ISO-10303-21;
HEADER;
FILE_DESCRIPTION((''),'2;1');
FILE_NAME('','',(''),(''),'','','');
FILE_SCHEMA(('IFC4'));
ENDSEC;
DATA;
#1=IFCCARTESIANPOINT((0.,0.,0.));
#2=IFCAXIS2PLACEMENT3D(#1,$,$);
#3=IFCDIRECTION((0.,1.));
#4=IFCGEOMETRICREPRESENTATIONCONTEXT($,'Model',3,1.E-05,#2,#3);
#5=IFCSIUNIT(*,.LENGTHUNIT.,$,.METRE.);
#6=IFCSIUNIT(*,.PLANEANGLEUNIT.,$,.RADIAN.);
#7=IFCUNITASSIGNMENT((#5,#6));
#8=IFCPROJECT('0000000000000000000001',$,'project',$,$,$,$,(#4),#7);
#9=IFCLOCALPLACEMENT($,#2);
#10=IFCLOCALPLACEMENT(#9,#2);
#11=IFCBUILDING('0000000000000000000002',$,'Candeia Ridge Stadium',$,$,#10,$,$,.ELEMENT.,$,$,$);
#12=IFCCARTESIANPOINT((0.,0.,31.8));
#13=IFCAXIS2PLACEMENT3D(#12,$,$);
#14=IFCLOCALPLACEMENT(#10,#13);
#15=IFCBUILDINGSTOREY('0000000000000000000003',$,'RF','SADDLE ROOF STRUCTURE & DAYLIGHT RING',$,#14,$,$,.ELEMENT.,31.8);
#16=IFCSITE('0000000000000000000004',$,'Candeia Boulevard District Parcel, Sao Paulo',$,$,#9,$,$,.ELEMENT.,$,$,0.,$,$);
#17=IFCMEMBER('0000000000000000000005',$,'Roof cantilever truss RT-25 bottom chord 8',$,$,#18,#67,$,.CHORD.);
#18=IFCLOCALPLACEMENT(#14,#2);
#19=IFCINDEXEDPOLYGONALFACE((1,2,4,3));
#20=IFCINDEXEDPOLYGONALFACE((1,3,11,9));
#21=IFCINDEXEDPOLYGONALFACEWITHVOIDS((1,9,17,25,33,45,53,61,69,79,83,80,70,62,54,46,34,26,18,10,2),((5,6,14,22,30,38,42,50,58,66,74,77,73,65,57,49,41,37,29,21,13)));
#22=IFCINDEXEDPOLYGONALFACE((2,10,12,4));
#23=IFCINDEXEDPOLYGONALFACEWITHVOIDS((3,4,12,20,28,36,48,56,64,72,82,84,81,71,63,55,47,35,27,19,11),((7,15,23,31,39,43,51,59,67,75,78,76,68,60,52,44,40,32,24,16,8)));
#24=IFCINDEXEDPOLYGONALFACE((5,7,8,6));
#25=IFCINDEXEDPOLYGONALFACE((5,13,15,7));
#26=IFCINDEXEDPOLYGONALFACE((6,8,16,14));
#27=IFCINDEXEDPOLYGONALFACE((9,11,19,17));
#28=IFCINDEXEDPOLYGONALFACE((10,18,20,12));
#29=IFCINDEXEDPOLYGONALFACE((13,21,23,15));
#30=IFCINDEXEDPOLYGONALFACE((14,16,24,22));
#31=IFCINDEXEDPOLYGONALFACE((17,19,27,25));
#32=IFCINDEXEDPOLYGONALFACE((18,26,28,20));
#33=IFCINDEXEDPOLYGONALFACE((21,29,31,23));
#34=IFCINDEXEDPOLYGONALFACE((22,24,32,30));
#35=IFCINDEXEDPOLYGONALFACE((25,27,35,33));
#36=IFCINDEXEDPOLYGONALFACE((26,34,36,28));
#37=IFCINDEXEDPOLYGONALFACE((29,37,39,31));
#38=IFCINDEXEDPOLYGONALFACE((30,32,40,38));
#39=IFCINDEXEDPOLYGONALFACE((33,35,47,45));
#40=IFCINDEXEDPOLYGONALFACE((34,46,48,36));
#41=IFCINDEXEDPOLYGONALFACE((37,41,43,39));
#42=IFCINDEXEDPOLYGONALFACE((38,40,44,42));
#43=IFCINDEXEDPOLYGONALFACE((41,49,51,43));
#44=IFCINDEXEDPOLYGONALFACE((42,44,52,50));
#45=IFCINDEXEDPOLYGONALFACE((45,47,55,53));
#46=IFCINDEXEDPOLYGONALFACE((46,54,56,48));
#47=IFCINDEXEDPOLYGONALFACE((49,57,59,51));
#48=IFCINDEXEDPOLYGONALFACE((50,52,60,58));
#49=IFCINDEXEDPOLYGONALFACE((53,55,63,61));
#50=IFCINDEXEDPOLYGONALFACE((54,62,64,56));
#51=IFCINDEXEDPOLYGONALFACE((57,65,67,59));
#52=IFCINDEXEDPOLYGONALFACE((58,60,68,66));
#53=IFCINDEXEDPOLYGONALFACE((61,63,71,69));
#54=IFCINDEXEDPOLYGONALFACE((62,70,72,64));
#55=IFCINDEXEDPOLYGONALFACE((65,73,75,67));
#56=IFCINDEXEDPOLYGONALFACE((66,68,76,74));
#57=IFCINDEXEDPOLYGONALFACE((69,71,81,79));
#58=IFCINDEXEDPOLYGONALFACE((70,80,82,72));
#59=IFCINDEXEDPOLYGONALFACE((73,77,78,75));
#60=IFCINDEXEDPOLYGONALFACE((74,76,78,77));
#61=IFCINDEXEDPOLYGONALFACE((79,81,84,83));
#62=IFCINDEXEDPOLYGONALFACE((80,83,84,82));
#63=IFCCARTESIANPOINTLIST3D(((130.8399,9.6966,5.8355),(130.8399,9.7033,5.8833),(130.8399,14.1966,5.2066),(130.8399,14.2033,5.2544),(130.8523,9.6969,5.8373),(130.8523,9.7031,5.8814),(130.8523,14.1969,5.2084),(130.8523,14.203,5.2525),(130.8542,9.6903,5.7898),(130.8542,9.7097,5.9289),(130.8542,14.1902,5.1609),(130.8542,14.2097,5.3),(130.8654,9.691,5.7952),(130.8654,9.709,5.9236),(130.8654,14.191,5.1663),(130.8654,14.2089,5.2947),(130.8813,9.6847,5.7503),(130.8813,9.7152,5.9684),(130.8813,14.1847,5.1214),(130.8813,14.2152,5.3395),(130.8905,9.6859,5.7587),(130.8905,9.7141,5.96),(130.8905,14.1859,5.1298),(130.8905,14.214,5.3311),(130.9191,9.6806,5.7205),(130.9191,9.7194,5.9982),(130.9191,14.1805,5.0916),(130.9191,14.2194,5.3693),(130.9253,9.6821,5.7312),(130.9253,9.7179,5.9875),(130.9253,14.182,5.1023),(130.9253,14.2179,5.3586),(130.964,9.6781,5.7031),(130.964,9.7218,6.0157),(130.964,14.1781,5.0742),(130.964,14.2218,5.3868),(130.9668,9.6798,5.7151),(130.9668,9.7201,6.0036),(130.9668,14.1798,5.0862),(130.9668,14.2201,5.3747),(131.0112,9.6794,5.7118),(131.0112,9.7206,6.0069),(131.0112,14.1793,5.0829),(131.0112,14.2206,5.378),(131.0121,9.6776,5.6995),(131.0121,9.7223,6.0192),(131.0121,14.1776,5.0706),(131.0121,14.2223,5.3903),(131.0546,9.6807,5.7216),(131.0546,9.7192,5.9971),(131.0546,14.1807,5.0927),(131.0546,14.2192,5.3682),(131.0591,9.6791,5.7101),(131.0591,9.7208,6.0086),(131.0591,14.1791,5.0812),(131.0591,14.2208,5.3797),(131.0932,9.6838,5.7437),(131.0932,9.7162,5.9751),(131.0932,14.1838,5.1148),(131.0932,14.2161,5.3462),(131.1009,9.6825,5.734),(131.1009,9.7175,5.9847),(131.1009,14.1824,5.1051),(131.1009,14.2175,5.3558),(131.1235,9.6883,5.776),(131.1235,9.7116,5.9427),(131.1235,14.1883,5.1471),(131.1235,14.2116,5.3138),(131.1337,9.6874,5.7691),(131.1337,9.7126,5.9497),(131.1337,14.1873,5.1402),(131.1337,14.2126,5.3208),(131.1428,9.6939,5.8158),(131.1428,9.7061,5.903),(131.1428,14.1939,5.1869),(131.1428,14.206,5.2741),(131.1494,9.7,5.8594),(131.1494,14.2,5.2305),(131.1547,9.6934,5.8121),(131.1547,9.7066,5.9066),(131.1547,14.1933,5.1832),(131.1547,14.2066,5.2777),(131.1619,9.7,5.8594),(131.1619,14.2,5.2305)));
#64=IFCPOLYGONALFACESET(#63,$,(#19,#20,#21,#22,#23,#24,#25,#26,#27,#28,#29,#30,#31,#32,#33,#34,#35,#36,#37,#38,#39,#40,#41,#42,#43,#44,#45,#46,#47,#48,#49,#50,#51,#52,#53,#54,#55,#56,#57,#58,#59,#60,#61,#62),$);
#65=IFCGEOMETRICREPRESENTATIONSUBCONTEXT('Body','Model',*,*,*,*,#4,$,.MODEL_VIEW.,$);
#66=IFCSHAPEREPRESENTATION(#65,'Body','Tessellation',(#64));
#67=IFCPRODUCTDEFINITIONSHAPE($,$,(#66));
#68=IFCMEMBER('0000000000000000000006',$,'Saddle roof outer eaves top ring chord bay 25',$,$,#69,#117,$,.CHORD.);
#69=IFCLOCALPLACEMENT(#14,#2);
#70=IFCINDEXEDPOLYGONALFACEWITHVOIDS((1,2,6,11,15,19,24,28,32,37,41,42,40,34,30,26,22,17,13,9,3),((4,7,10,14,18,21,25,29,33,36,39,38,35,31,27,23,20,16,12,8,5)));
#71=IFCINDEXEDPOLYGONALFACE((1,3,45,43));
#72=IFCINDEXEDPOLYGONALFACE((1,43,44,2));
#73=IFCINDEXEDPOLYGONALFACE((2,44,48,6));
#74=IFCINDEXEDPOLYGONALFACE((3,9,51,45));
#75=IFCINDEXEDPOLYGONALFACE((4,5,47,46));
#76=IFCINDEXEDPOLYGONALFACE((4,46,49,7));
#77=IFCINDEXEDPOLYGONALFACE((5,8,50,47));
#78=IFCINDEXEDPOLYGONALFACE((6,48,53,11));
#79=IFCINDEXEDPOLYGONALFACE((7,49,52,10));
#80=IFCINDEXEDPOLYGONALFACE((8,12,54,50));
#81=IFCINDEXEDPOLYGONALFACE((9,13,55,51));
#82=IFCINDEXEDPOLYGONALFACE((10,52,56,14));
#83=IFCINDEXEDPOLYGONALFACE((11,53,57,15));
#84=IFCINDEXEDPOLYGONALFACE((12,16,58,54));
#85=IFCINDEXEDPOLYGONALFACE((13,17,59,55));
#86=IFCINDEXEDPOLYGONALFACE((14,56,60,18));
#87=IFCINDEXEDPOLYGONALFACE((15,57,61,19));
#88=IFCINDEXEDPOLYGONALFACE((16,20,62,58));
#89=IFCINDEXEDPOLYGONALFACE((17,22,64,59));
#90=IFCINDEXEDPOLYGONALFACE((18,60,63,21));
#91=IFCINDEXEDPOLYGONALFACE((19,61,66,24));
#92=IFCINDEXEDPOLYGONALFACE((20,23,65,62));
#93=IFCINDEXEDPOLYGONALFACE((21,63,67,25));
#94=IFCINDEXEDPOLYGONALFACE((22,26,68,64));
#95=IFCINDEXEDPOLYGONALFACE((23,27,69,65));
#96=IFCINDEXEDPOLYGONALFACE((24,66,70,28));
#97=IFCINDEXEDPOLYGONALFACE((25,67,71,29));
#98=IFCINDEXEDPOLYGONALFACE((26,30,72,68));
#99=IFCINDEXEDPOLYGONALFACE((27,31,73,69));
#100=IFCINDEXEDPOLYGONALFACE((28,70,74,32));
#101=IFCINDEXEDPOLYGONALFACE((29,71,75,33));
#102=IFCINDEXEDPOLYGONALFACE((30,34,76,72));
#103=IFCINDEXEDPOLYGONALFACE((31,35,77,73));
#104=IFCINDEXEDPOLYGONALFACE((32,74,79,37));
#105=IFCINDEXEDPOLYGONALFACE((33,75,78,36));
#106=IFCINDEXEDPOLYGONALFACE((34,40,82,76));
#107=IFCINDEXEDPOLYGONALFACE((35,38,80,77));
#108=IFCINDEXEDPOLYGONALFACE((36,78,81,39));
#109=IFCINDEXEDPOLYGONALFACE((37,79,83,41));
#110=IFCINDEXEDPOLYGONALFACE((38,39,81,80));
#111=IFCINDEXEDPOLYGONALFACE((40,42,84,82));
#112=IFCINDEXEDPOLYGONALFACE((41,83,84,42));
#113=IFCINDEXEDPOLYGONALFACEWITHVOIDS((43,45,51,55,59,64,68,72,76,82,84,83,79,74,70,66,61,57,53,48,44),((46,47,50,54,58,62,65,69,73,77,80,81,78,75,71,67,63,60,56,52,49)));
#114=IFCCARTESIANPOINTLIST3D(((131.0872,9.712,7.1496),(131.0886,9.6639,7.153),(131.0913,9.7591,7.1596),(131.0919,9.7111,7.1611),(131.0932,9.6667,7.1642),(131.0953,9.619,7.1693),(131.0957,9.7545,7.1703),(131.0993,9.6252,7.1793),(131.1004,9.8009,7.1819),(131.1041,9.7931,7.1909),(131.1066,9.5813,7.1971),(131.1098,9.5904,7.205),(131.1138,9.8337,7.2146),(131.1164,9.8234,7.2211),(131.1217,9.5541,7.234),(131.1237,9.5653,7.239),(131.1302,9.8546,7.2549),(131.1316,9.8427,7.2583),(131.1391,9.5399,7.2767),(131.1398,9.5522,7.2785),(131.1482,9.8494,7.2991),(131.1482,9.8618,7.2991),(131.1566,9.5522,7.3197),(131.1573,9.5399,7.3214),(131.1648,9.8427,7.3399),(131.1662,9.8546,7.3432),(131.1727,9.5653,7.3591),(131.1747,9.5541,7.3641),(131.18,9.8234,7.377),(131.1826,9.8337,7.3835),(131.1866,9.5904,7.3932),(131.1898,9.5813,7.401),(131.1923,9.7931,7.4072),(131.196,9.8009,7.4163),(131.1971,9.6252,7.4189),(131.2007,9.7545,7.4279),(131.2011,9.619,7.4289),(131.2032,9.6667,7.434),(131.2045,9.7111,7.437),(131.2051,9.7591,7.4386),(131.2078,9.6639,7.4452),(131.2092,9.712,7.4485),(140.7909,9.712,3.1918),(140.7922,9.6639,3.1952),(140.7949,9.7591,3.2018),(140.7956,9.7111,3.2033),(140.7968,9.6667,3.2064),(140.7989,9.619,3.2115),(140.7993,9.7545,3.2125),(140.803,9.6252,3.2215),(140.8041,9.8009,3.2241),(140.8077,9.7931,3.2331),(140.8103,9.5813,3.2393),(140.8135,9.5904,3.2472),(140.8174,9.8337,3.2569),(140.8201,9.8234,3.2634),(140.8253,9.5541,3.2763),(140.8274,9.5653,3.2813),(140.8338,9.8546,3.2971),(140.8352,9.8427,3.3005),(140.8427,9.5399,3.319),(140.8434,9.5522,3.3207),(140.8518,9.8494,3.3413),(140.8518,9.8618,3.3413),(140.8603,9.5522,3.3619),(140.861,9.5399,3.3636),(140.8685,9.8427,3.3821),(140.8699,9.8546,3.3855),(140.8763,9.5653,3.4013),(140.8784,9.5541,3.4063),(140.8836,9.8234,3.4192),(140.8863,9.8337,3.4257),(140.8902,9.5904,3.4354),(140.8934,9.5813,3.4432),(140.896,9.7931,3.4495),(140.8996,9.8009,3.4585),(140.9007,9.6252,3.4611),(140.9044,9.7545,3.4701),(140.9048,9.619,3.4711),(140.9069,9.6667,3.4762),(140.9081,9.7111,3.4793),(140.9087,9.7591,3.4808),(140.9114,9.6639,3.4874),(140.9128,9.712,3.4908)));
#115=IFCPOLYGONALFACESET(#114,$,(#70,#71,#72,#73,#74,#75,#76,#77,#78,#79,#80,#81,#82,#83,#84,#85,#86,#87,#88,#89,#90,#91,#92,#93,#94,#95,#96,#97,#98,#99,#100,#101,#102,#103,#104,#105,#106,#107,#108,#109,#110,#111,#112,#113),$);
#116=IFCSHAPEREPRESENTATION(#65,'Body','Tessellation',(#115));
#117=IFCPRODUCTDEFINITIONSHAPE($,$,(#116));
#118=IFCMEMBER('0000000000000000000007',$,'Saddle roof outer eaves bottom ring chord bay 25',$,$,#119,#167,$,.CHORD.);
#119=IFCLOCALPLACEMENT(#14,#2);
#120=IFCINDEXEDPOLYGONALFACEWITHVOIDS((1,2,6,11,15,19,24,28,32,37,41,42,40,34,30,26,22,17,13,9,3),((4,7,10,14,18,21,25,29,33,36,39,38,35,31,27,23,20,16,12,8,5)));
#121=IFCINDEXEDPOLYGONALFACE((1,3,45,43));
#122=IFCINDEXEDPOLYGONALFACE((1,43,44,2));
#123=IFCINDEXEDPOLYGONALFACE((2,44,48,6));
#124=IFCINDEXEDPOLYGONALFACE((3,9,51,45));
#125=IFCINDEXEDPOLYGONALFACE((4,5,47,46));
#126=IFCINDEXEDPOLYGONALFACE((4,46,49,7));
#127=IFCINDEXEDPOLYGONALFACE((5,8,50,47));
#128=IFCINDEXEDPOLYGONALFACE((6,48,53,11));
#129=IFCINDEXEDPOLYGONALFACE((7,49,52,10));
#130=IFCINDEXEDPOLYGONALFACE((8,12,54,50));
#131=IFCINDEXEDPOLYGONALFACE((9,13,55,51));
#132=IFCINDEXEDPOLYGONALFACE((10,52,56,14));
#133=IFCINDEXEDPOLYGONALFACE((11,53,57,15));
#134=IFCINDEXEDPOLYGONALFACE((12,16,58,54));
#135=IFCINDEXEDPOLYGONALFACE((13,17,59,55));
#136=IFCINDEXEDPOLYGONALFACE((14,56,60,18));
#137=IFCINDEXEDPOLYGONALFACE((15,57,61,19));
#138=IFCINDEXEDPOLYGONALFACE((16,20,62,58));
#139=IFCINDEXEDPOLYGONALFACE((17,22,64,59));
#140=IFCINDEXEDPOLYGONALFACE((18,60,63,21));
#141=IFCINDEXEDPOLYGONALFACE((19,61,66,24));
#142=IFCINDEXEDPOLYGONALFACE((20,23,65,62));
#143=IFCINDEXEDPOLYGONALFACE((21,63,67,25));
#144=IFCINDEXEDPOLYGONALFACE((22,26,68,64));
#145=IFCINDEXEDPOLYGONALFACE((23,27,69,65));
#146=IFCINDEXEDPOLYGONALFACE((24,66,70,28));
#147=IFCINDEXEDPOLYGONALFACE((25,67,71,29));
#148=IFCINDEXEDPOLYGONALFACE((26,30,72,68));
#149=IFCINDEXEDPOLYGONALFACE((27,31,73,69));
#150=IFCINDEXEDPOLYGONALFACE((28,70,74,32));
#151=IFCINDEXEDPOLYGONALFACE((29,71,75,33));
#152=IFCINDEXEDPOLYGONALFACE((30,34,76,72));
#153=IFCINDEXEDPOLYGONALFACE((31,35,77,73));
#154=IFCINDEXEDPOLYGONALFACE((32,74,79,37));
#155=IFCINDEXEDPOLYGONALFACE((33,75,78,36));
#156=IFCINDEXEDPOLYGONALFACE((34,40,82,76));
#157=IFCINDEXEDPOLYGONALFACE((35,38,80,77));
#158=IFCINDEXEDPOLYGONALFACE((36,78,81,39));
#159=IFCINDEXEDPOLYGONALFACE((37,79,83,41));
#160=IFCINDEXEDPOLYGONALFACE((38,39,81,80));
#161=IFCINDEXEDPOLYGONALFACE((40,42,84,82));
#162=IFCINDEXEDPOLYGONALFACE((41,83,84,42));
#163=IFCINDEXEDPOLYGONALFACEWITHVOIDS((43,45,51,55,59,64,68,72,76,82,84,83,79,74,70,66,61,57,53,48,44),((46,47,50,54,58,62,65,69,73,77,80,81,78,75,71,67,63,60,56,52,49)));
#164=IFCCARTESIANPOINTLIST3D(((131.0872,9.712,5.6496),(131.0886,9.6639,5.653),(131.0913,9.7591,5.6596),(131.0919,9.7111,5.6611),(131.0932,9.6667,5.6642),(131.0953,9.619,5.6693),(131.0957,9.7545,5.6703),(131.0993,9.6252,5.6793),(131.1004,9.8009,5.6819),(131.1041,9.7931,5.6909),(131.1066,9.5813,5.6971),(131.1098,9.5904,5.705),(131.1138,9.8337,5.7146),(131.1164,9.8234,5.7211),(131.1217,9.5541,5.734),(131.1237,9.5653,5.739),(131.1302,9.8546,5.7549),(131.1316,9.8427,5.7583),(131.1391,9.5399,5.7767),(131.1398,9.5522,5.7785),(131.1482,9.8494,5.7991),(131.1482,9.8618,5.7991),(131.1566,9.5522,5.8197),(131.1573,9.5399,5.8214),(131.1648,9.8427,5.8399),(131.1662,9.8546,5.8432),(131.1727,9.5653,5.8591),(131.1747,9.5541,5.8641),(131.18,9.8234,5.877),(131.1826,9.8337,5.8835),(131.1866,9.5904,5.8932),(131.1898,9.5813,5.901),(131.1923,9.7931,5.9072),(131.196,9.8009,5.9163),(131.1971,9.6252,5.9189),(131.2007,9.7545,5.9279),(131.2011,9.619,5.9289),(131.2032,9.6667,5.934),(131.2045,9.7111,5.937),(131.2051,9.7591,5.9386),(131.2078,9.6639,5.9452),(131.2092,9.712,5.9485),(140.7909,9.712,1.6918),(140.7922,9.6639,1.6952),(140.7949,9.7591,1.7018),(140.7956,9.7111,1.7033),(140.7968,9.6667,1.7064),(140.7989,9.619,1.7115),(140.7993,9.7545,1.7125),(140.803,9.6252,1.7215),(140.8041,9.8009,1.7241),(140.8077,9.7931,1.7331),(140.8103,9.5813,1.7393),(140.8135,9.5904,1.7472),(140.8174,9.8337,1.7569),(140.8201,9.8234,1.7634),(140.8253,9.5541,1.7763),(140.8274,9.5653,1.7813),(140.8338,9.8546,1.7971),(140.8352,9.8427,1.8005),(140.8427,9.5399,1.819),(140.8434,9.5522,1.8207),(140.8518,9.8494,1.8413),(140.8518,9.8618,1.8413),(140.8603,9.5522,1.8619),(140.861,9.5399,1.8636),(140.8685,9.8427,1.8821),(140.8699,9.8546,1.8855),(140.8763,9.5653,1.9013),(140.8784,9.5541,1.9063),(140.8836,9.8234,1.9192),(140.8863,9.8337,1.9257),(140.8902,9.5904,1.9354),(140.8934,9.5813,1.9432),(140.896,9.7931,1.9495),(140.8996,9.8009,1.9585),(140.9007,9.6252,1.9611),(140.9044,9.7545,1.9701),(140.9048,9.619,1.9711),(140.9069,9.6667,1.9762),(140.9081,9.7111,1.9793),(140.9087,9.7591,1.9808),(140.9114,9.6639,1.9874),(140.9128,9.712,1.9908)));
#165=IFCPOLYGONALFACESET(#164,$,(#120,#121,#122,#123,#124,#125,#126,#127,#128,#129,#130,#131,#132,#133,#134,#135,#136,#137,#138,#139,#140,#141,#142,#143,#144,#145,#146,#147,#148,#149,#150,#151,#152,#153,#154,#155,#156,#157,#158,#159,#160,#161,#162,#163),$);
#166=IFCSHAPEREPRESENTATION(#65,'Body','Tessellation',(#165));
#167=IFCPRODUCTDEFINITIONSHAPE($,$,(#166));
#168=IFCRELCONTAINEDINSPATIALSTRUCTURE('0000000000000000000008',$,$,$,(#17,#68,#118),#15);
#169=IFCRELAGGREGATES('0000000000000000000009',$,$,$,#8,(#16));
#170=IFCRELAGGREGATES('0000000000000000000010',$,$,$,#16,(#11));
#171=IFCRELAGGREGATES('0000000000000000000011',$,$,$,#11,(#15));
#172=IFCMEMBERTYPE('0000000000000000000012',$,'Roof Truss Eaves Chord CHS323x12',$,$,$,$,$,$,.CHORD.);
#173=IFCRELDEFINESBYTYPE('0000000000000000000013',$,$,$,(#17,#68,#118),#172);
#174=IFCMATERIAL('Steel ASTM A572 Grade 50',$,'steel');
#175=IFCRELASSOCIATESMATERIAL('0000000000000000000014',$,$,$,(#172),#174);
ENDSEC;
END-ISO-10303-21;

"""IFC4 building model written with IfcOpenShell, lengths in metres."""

from ifc_helpers import new_model, si_unit, direction, frame, origin, origin_2d, place, context, subcontext, project, spatial, hollow_circle, extrude, material, material_profile, profile_set, type_object, element, save


model = new_model("IFC4")

# Units and contexts
model_context = context("Model", 3, precision=1e-05, world=origin(), true_north=direction((0.0, 1.0)))
body_context = subcontext(model_context, "Body", "Model", "MODEL_VIEW")
ifc_project = project(units=[si_unit("LENGTHUNIT", "METRE"), si_unit("PLANEANGLEUNIT", "RADIAN")], contexts=[model_context])

# Site, building, storey
site_placement = place(None, origin())
site = spatial("IfcSite", under=ifc_project, at=site_placement, Name="Candeia Boulevard District Parcel, Sao Paulo", CompositionType="ELEMENT", RefElevation=0.0)
building_placement = place(site_placement, origin())
building = spatial("IfcBuilding", under=site, at=building_placement, Name="Candeia Ridge Stadium", CompositionType="ELEMENT")
storey_placement = place(building_placement, frame((0.0, 0.0, 31.8)))
storey = spatial("IfcBuildingStorey", under=building, at=storey_placement, Name="RF", Description="SADDLE ROOF STRUCTURE & DAYLIGHT RING", CompositionType="ELEMENT", Elevation=31.8)

# Shared definitions
ifc_material_1 = material(Name="Steel ASTM A572 Grade 50", Category="steel")

# Members
ifc_material_profile_1 = material_profile(ifc_material_1, hollow_circle(Radius=0.1619, WallThickness=0.0125, at=origin_2d()), Name="CHS323x12", Category="steel")
ifc_profile_set_1 = profile_set([ifc_material_profile_1], Name="Steel ASTM A572 Grade 50")
member_type_1 = type_object("IfcMemberType", Name="Roof Truss Eaves Chord CHS323x12", PredefinedType="CHORD", material=ifc_profile_set_1)
member_1_placement = place(storey_placement, frame((131.0, 14.2, 5.2305), z_axis=(0.0, -0.990375, 0.138412), x_axis=(1.0, 0.0, 0.0)))
element("IfcMember", 1, at=member_1_placement, inside=storey, type_object=member_type_1, Name="Roof cantilever truss RT-25 bottom chord 8", PredefinedType="CHORD", context=body_context, shape_type="SweptSolid", body=[
    extrude(hollow_circle(Radius=0.1619, WallThickness=0.0125, at=origin_2d()), origin(), (0.0, 0.0, 1.0), 4.5437),
])
for number, where, z_axis, x_axis, name in (
    (2, (131.1482, 9.7, 7.2991), (0.925944, 0.0, -0.37766), (0.0, 1.0, 0.0), "Saddle roof outer eaves top ring chord bay 25"),
    (3, (131.1482, 9.7, 5.7991), (0.925944, 0.0, -0.37766), (0.0, 1.0, 0.0), "Saddle roof outer eaves bottom ring chord bay 25"),
):
    element("IfcMember", number, at=place(storey_placement, frame(where, z_axis=z_axis, x_axis=x_axis)), inside=storey, type_object=member_type_1, Name=name, PredefinedType="CHORD", context=body_context, shape_type="SweptSolid", body=[
        extrude(hollow_circle(Radius=0.1619, WallThickness=0.0125, at=origin_2d()), origin(), (0.0, 0.0, 1.0), 10.4797),
    ])

save(model, "model.ifc")
